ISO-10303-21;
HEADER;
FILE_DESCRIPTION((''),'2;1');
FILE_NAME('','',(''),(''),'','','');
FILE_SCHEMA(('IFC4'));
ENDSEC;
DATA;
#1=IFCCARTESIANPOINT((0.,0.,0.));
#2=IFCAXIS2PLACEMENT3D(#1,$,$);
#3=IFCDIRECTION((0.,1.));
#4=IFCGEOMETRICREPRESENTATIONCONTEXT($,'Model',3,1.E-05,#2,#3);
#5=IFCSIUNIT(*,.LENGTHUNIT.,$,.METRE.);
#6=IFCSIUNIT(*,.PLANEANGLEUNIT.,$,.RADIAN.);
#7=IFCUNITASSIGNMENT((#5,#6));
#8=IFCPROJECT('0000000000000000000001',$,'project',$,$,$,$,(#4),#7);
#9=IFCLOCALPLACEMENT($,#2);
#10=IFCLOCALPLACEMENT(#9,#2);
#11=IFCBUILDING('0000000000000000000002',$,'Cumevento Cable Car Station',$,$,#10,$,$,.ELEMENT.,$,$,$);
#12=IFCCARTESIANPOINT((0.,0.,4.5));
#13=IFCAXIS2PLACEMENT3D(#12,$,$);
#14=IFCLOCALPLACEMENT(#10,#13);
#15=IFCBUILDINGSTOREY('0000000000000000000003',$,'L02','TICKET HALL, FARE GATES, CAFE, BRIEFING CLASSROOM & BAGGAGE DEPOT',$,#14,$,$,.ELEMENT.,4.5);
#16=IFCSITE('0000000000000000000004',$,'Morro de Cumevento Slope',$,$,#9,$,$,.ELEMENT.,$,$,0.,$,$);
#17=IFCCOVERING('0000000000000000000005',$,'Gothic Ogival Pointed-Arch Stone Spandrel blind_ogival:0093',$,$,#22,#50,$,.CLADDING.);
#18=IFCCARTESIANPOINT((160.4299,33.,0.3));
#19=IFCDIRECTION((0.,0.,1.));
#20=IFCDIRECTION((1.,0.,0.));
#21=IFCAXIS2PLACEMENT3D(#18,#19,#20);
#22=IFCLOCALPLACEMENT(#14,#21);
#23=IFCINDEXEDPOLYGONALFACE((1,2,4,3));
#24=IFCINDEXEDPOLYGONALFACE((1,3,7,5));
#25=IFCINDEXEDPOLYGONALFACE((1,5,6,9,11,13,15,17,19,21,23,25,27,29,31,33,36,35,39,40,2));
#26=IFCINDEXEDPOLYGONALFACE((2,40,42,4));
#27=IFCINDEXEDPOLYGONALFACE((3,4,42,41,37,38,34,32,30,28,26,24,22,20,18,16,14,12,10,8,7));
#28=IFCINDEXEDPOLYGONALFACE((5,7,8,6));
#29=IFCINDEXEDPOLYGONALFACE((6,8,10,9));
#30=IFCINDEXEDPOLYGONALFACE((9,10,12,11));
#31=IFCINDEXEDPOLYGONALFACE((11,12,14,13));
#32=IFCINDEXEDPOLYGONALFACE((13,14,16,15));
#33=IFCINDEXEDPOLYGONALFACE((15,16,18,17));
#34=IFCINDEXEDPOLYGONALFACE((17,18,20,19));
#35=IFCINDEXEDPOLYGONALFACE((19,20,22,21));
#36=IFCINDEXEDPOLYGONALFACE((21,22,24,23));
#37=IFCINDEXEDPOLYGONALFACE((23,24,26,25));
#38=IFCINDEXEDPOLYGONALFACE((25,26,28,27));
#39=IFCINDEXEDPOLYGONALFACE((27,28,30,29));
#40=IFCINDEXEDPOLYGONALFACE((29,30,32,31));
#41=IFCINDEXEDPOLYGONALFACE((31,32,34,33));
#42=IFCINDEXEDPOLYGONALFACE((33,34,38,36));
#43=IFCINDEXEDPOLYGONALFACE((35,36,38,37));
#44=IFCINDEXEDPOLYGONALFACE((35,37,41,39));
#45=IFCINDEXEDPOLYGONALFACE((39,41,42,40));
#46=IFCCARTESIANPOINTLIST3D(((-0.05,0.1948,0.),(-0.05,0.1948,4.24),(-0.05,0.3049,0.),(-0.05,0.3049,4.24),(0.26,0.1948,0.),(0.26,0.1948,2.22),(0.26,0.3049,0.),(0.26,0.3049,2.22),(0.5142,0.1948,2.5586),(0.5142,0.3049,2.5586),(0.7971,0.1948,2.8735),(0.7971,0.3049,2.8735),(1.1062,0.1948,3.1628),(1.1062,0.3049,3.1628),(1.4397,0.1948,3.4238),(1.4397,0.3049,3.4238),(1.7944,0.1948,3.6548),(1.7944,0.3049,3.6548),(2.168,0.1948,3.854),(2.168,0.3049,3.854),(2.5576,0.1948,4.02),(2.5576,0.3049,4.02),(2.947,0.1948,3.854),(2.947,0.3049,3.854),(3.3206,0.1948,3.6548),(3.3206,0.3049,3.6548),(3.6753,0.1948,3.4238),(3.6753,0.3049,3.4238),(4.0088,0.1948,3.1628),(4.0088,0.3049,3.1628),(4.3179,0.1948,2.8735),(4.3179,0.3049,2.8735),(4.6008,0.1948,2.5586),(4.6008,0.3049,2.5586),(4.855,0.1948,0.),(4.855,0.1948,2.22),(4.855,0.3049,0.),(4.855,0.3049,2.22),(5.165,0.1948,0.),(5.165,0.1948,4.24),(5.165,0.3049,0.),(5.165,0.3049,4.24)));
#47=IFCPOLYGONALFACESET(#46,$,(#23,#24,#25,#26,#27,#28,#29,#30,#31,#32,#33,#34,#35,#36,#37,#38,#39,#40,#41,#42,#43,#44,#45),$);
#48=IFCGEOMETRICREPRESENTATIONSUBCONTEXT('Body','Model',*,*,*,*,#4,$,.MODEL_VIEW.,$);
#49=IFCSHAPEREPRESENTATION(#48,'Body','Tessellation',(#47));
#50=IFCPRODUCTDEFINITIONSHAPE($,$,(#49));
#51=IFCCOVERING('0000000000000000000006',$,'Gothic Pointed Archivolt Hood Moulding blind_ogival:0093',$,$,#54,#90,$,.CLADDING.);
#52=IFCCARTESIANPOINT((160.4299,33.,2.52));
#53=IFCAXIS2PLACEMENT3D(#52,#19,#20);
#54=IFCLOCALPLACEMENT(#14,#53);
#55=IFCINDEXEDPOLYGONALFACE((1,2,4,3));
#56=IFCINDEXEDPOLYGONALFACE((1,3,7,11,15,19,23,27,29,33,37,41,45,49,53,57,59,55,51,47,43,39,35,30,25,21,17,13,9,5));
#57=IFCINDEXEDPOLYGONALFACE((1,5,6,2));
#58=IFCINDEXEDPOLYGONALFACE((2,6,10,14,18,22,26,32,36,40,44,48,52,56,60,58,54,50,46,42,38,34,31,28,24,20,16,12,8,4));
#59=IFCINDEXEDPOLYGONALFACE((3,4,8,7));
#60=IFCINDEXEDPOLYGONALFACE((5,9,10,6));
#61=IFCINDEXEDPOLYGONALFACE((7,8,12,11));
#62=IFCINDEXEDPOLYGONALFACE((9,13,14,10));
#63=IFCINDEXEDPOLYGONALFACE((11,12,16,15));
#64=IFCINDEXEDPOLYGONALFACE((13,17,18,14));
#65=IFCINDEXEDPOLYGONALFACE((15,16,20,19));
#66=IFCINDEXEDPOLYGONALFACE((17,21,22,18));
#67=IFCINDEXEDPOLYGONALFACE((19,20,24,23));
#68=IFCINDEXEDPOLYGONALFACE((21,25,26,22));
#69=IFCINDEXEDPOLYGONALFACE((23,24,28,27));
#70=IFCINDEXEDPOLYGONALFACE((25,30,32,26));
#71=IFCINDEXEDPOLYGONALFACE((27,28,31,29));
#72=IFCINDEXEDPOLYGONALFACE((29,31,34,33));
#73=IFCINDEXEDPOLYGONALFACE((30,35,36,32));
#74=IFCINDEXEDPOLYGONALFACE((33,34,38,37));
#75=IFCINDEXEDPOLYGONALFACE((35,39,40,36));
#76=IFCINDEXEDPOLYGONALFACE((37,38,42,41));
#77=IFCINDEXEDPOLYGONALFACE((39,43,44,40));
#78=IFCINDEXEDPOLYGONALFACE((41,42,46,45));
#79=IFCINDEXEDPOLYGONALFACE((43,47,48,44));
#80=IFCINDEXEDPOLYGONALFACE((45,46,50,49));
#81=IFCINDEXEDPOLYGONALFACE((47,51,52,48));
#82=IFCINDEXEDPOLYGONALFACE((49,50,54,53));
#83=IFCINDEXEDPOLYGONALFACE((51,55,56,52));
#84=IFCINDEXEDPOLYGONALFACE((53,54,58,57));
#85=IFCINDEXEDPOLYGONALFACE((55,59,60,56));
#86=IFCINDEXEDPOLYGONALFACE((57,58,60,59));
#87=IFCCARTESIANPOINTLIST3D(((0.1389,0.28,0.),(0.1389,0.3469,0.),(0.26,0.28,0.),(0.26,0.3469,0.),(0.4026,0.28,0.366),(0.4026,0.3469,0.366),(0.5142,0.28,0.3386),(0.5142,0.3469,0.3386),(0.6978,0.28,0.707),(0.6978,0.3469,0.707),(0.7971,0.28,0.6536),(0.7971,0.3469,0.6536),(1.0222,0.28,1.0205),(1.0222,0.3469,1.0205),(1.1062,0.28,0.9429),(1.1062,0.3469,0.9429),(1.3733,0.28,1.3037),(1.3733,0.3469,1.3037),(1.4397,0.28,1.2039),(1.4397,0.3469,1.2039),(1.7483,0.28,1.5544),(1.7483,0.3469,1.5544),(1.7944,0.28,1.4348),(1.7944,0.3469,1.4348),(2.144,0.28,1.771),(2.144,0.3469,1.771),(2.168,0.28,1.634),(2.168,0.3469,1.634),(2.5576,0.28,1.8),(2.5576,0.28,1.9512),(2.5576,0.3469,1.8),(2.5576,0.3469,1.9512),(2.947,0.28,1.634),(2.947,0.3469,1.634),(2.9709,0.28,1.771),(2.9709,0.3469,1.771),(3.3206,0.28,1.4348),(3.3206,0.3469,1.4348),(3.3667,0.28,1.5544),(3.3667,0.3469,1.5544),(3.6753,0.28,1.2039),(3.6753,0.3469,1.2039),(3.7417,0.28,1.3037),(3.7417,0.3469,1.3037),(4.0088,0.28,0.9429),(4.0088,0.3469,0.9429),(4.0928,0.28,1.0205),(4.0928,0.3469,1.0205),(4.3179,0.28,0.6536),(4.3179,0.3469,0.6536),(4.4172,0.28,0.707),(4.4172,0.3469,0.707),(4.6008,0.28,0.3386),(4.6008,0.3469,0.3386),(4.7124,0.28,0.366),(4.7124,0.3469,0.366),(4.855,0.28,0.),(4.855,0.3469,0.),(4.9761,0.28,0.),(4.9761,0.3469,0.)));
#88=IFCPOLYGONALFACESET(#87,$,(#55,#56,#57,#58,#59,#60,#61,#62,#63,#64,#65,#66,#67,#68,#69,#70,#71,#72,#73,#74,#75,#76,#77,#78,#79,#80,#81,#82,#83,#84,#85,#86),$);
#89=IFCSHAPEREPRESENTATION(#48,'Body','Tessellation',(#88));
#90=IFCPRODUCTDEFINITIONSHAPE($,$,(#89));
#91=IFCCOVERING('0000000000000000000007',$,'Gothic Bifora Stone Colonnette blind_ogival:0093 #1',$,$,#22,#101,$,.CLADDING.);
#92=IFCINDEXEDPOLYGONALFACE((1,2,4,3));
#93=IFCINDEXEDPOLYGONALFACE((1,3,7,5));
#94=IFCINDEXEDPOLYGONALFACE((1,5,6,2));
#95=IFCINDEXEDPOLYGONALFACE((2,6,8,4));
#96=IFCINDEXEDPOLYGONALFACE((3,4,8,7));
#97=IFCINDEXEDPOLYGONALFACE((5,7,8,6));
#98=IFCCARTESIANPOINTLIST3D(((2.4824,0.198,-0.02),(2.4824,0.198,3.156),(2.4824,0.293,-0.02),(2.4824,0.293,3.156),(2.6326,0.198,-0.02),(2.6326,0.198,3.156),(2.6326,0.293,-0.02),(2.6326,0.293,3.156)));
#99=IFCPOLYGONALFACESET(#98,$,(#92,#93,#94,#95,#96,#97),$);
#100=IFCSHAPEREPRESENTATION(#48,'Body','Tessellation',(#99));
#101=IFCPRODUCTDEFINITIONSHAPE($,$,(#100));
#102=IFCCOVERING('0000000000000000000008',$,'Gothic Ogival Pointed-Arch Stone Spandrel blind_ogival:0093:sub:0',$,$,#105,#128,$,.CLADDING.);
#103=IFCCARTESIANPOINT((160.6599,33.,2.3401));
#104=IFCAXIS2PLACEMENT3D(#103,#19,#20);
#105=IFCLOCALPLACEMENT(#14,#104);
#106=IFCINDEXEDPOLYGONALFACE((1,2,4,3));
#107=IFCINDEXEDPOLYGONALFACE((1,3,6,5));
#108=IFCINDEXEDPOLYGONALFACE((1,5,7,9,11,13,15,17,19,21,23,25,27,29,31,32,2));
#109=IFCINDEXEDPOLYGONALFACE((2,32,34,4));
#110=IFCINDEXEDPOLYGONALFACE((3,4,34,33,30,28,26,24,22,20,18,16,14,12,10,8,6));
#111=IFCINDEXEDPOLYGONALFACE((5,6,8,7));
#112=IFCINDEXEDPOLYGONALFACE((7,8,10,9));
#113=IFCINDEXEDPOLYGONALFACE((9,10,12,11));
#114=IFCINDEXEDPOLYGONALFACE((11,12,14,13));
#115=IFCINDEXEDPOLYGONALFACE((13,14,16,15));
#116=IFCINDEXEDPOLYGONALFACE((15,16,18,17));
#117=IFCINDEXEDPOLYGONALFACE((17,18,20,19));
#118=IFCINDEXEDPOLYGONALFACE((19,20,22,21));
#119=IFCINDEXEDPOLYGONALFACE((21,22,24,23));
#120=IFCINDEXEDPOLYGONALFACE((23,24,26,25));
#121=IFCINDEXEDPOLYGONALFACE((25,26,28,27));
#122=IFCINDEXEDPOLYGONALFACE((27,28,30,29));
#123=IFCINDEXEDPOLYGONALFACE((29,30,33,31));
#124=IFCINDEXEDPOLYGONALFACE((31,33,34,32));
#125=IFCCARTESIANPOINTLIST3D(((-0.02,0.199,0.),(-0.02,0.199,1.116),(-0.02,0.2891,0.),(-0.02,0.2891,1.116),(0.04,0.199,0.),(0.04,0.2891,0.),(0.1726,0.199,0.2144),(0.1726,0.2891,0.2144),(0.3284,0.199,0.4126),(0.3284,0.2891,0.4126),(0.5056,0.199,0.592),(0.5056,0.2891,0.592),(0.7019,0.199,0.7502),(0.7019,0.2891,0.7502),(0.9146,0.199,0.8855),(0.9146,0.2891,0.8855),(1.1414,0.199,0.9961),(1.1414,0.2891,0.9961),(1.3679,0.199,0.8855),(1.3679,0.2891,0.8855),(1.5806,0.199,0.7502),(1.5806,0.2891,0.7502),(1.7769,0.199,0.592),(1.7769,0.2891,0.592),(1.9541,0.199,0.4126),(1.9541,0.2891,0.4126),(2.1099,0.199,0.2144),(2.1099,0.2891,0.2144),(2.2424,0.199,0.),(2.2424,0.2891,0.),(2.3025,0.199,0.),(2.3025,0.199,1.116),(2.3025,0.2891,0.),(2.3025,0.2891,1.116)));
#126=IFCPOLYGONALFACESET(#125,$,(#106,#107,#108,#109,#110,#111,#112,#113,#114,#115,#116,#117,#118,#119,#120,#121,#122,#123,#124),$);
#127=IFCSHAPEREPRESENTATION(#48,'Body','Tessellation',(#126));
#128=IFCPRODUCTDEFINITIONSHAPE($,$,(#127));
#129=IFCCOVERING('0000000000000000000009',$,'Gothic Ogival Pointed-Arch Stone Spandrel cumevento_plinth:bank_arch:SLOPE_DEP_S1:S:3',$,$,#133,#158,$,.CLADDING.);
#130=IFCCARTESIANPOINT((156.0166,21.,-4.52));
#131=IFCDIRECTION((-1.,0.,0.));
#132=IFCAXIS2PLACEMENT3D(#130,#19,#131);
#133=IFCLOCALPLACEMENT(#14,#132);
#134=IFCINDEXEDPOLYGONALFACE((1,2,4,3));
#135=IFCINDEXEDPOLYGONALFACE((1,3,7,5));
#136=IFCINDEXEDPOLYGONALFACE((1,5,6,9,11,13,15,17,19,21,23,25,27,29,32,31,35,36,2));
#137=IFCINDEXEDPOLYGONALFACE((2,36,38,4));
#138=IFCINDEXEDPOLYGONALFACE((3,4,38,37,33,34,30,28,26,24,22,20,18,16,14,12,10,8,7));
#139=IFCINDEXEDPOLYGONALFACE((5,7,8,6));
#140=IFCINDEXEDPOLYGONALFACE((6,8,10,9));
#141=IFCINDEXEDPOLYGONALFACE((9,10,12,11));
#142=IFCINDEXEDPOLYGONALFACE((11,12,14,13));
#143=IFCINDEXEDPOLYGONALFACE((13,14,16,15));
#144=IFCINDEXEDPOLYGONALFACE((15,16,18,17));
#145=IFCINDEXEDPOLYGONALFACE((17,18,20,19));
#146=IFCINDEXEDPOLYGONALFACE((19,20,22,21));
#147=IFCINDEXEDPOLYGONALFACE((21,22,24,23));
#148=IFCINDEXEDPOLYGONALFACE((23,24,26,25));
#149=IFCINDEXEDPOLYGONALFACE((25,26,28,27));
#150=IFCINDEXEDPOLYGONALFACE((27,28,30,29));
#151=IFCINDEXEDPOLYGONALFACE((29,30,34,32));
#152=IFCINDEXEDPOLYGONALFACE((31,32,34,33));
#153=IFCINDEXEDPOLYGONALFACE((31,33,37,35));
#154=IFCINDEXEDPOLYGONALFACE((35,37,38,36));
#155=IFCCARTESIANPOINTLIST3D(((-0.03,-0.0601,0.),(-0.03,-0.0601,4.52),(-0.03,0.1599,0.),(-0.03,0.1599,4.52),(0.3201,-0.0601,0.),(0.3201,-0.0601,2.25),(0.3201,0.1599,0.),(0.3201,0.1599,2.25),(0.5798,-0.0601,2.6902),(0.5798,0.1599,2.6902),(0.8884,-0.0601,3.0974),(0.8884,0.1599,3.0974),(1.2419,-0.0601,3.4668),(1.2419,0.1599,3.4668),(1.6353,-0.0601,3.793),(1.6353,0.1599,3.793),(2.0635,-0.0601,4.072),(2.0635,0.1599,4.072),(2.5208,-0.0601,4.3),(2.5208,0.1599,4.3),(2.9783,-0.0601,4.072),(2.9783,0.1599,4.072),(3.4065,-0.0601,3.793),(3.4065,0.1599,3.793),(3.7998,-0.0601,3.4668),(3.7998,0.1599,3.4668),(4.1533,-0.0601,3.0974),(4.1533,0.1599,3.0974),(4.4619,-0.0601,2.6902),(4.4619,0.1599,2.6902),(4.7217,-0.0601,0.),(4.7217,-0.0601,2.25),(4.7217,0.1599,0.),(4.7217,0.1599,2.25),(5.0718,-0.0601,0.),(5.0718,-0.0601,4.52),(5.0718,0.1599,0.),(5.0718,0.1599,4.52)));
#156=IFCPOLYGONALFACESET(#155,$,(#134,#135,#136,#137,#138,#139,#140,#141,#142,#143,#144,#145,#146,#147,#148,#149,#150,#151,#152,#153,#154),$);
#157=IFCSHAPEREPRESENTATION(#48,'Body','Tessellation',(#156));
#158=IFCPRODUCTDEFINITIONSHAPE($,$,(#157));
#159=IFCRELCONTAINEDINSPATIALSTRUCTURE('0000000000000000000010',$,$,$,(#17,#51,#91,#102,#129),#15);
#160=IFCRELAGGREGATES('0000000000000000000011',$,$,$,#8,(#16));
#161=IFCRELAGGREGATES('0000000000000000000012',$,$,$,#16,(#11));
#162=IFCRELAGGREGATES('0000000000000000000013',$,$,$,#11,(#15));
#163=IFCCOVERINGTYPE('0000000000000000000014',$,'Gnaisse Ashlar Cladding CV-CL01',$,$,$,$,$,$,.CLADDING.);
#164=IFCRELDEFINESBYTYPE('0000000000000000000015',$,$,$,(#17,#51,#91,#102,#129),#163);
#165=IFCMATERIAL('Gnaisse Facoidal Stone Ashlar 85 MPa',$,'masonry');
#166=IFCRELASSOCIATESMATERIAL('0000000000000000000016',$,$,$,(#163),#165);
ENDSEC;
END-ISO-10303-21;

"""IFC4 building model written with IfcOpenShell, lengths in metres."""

from ifc_helpers import new_model, si_unit, direction, frame, origin, place, context, subcontext, project, spatial, polyline, outline, extrude, material, type_object, element, save


model = new_model("IFC4")

# Units and contexts
model_context = context("Model", 3, precision=1e-05, world=origin(), true_north=direction((0.0, 1.0)))
body_context = subcontext(model_context, "Body", "Model", "MODEL_VIEW")
ifc_project = project(units=[si_unit("LENGTHUNIT", "METRE"), si_unit("PLANEANGLEUNIT", "RADIAN")], contexts=[model_context])

# Site, building, storey
site_placement = place(None, origin())
site = spatial("IfcSite", under=ifc_project, at=site_placement, Name="Morro de Cumevento Slope", CompositionType="ELEMENT", RefElevation=0.0)
building_placement = place(site_placement, origin())
building = spatial("IfcBuilding", under=site, at=building_placement, Name="Cumevento Cable Car Station", CompositionType="ELEMENT")
storey_placement = place(building_placement, frame((0.0, 0.0, 4.5)))
storey = spatial("IfcBuildingStorey", under=building, at=storey_placement, Name="L02", Description="TICKET HALL, FARE GATES, CAFE, BRIEFING CLASSROOM & BAGGAGE DEPOT", CompositionType="ELEMENT", Elevation=4.5)

# Coverings
ifc_material_1 = material(Name="Gnaisse Facoidal Stone Ashlar 85 MPa", Category="masonry")
covering_type = type_object("IfcCoveringType", Name="Gnaisse Ashlar Cladding CV-CL01", PredefinedType="CLADDING", material=ifc_material_1)
placement_1 = place(storey_placement, frame((160.4299, 33.0, 0.3), z_axis=(0.0, 0.0, 1.0), x_axis=(1.0, 0.0, 0.0)))
element("IfcCovering", 1, at=placement_1, inside=storey, type_object=covering_type, Name="Gothic Ogival Pointed-Arch Stone Spandrel blind_ogival:0093", PredefinedType="CLADDING", context=body_context, shape_type="SweptSolid", body=[
    extrude(outline(polyline([(-0.05, 0.0), (-0.05, 4.24), (5.165, 4.24), (5.165, 0.0), (4.855, 0.0), (4.855, 2.22), (4.6008, 2.5586), (4.3179, 2.8735), (4.0088, 3.1628), (3.6753, 3.4238), (3.3206, 3.6548), (2.947, 3.854), (2.5576, 4.02), (2.168, 3.854), (1.7944, 3.6548), (1.4397, 3.4238), (1.1062, 3.1628), (0.7971, 2.8735), (0.5142, 2.5586), (0.26, 2.22), (0.26, 0.0), (-0.05, 0.0)])), frame((0.0, 0.3049, 0.0), z_axis=(0.0, -1.0, 0.0), x_axis=(1.0, 0.0, 0.0)), (0.0, 0.0, 1.0), 0.1101),
])
covering_1_placement = place(storey_placement, frame((160.4299, 33.0, 2.52), z_axis=(0.0, 0.0, 1.0), x_axis=(1.0, 0.0, 0.0)))
element("IfcCovering", 2, at=covering_1_placement, inside=storey, type_object=covering_type, Name="Gothic Pointed Archivolt Hood Moulding blind_ogival:0093", PredefinedType="CLADDING", context=body_context, shape_type="SweptSolid", body=[
    extrude(outline(polyline([(0.26, 0.0), (0.5142, 0.3386), (0.7971, 0.6536), (1.1062, 0.9429), (1.4397, 1.2039), (1.7944, 1.4348), (2.168, 1.634), (2.5576, 1.8), (2.947, 1.634), (3.3206, 1.4348), (3.6753, 1.2039), (4.0088, 0.9429), (4.3179, 0.6536), (4.6008, 0.3386), (4.855, 0.0), (4.9761, 0.0), (4.7124, 0.366), (4.4172, 0.707), (4.0928, 1.0205), (3.7417, 1.3037), (3.3667, 1.5544), (2.9709, 1.771), (2.5576, 1.9512), (2.144, 1.771), (1.7483, 1.5544), (1.3733, 1.3037), (1.0222, 1.0205), (0.6978, 0.707), (0.4026, 0.366), (0.1389, 0.0), (0.26, 0.0)])), frame((0.0, 0.3469, 0.0), z_axis=(0.0, -1.0, 0.0), x_axis=(1.0, 0.0, 0.0)), (0.0, 0.0, 1.0), 0.0669),
])
element("IfcCovering", 3, at=placement_1, inside=storey, type_object=covering_type, Name="Gothic Bifora Stone Colonnette blind_ogival:0093 #1", PredefinedType="CLADDING", context=body_context, shape_type="SweptSolid", body=[
    extrude(outline(polyline([(2.4824, -0.02), (2.6326, -0.02), (2.6326, 3.156), (2.4824, 3.156), (2.4824, -0.02)])), frame((0.0, 0.293, 0.0), z_axis=(0.0, -1.0, 0.0), x_axis=(1.0, 0.0, 0.0)), (0.0, 0.0, 1.0), 0.095),
])
covering_2_placement = place(storey_placement, frame((160.6599, 33.0, 2.3401), z_axis=(0.0, 0.0, 1.0), x_axis=(1.0, 0.0, 0.0)))
element("IfcCovering", 4, at=covering_2_placement, inside=storey, type_object=covering_type, Name="Gothic Ogival Pointed-Arch Stone Spandrel blind_ogival:0093:sub:0", PredefinedType="CLADDING", context=body_context, shape_type="SweptSolid", body=[
    extrude(outline(polyline([(-0.02, 0.0), (-0.02, 1.116), (2.3025, 1.116), (2.3025, 0.0), (2.2424, 0.0), (2.1099, 0.2144), (1.9541, 0.4126), (1.7769, 0.592), (1.5806, 0.7502), (1.3679, 0.8855), (1.1414, 0.9961), (0.9146, 0.8855), (0.7019, 0.7502), (0.5056, 0.592), (0.3284, 0.4126), (0.1726, 0.2144), (0.04, 0.0), (-0.02, 0.0)])), frame((0.0, 0.2891, 0.0), z_axis=(0.0, -1.0, 0.0), x_axis=(1.0, 0.0, 0.0)), (0.0, 0.0, 1.0), 0.0901),
])
covering_3_placement = place(storey_placement, frame((156.0166, 21.0, -4.52), z_axis=(0.0, 0.0, 1.0), x_axis=(-1.0, 0.0, 0.0)))
element("IfcCovering", 5, at=covering_3_placement, inside=storey, type_object=covering_type, Name="Gothic Ogival Pointed-Arch Stone Spandrel cumevento_plinth:bank_arch:SLOPE_DEP_S1:S:3", PredefinedType="CLADDING", context=body_context, shape_type="SweptSolid", body=[
    extrude(outline(polyline([(-0.03, 0.0), (-0.03, 4.52), (5.0718, 4.52), (5.0718, 0.0), (4.7217, 0.0), (4.7217, 2.25), (4.4619, 2.6902), (4.1533, 3.0974), (3.7998, 3.4668), (3.4065, 3.793), (2.9783, 4.072), (2.5208, 4.3), (2.0635, 4.072), (1.6353, 3.793), (1.2419, 3.4668), (0.8884, 3.0974), (0.5798, 2.6902), (0.3201, 2.25), (0.3201, 0.0), (-0.03, 0.0)])), frame((0.0, 0.1599, 0.0), z_axis=(0.0, -1.0, 0.0), x_axis=(1.0, 0.0, 0.0)), (0.0, 0.0, 1.0), 0.22),
])

save(model, "model.ifc")
